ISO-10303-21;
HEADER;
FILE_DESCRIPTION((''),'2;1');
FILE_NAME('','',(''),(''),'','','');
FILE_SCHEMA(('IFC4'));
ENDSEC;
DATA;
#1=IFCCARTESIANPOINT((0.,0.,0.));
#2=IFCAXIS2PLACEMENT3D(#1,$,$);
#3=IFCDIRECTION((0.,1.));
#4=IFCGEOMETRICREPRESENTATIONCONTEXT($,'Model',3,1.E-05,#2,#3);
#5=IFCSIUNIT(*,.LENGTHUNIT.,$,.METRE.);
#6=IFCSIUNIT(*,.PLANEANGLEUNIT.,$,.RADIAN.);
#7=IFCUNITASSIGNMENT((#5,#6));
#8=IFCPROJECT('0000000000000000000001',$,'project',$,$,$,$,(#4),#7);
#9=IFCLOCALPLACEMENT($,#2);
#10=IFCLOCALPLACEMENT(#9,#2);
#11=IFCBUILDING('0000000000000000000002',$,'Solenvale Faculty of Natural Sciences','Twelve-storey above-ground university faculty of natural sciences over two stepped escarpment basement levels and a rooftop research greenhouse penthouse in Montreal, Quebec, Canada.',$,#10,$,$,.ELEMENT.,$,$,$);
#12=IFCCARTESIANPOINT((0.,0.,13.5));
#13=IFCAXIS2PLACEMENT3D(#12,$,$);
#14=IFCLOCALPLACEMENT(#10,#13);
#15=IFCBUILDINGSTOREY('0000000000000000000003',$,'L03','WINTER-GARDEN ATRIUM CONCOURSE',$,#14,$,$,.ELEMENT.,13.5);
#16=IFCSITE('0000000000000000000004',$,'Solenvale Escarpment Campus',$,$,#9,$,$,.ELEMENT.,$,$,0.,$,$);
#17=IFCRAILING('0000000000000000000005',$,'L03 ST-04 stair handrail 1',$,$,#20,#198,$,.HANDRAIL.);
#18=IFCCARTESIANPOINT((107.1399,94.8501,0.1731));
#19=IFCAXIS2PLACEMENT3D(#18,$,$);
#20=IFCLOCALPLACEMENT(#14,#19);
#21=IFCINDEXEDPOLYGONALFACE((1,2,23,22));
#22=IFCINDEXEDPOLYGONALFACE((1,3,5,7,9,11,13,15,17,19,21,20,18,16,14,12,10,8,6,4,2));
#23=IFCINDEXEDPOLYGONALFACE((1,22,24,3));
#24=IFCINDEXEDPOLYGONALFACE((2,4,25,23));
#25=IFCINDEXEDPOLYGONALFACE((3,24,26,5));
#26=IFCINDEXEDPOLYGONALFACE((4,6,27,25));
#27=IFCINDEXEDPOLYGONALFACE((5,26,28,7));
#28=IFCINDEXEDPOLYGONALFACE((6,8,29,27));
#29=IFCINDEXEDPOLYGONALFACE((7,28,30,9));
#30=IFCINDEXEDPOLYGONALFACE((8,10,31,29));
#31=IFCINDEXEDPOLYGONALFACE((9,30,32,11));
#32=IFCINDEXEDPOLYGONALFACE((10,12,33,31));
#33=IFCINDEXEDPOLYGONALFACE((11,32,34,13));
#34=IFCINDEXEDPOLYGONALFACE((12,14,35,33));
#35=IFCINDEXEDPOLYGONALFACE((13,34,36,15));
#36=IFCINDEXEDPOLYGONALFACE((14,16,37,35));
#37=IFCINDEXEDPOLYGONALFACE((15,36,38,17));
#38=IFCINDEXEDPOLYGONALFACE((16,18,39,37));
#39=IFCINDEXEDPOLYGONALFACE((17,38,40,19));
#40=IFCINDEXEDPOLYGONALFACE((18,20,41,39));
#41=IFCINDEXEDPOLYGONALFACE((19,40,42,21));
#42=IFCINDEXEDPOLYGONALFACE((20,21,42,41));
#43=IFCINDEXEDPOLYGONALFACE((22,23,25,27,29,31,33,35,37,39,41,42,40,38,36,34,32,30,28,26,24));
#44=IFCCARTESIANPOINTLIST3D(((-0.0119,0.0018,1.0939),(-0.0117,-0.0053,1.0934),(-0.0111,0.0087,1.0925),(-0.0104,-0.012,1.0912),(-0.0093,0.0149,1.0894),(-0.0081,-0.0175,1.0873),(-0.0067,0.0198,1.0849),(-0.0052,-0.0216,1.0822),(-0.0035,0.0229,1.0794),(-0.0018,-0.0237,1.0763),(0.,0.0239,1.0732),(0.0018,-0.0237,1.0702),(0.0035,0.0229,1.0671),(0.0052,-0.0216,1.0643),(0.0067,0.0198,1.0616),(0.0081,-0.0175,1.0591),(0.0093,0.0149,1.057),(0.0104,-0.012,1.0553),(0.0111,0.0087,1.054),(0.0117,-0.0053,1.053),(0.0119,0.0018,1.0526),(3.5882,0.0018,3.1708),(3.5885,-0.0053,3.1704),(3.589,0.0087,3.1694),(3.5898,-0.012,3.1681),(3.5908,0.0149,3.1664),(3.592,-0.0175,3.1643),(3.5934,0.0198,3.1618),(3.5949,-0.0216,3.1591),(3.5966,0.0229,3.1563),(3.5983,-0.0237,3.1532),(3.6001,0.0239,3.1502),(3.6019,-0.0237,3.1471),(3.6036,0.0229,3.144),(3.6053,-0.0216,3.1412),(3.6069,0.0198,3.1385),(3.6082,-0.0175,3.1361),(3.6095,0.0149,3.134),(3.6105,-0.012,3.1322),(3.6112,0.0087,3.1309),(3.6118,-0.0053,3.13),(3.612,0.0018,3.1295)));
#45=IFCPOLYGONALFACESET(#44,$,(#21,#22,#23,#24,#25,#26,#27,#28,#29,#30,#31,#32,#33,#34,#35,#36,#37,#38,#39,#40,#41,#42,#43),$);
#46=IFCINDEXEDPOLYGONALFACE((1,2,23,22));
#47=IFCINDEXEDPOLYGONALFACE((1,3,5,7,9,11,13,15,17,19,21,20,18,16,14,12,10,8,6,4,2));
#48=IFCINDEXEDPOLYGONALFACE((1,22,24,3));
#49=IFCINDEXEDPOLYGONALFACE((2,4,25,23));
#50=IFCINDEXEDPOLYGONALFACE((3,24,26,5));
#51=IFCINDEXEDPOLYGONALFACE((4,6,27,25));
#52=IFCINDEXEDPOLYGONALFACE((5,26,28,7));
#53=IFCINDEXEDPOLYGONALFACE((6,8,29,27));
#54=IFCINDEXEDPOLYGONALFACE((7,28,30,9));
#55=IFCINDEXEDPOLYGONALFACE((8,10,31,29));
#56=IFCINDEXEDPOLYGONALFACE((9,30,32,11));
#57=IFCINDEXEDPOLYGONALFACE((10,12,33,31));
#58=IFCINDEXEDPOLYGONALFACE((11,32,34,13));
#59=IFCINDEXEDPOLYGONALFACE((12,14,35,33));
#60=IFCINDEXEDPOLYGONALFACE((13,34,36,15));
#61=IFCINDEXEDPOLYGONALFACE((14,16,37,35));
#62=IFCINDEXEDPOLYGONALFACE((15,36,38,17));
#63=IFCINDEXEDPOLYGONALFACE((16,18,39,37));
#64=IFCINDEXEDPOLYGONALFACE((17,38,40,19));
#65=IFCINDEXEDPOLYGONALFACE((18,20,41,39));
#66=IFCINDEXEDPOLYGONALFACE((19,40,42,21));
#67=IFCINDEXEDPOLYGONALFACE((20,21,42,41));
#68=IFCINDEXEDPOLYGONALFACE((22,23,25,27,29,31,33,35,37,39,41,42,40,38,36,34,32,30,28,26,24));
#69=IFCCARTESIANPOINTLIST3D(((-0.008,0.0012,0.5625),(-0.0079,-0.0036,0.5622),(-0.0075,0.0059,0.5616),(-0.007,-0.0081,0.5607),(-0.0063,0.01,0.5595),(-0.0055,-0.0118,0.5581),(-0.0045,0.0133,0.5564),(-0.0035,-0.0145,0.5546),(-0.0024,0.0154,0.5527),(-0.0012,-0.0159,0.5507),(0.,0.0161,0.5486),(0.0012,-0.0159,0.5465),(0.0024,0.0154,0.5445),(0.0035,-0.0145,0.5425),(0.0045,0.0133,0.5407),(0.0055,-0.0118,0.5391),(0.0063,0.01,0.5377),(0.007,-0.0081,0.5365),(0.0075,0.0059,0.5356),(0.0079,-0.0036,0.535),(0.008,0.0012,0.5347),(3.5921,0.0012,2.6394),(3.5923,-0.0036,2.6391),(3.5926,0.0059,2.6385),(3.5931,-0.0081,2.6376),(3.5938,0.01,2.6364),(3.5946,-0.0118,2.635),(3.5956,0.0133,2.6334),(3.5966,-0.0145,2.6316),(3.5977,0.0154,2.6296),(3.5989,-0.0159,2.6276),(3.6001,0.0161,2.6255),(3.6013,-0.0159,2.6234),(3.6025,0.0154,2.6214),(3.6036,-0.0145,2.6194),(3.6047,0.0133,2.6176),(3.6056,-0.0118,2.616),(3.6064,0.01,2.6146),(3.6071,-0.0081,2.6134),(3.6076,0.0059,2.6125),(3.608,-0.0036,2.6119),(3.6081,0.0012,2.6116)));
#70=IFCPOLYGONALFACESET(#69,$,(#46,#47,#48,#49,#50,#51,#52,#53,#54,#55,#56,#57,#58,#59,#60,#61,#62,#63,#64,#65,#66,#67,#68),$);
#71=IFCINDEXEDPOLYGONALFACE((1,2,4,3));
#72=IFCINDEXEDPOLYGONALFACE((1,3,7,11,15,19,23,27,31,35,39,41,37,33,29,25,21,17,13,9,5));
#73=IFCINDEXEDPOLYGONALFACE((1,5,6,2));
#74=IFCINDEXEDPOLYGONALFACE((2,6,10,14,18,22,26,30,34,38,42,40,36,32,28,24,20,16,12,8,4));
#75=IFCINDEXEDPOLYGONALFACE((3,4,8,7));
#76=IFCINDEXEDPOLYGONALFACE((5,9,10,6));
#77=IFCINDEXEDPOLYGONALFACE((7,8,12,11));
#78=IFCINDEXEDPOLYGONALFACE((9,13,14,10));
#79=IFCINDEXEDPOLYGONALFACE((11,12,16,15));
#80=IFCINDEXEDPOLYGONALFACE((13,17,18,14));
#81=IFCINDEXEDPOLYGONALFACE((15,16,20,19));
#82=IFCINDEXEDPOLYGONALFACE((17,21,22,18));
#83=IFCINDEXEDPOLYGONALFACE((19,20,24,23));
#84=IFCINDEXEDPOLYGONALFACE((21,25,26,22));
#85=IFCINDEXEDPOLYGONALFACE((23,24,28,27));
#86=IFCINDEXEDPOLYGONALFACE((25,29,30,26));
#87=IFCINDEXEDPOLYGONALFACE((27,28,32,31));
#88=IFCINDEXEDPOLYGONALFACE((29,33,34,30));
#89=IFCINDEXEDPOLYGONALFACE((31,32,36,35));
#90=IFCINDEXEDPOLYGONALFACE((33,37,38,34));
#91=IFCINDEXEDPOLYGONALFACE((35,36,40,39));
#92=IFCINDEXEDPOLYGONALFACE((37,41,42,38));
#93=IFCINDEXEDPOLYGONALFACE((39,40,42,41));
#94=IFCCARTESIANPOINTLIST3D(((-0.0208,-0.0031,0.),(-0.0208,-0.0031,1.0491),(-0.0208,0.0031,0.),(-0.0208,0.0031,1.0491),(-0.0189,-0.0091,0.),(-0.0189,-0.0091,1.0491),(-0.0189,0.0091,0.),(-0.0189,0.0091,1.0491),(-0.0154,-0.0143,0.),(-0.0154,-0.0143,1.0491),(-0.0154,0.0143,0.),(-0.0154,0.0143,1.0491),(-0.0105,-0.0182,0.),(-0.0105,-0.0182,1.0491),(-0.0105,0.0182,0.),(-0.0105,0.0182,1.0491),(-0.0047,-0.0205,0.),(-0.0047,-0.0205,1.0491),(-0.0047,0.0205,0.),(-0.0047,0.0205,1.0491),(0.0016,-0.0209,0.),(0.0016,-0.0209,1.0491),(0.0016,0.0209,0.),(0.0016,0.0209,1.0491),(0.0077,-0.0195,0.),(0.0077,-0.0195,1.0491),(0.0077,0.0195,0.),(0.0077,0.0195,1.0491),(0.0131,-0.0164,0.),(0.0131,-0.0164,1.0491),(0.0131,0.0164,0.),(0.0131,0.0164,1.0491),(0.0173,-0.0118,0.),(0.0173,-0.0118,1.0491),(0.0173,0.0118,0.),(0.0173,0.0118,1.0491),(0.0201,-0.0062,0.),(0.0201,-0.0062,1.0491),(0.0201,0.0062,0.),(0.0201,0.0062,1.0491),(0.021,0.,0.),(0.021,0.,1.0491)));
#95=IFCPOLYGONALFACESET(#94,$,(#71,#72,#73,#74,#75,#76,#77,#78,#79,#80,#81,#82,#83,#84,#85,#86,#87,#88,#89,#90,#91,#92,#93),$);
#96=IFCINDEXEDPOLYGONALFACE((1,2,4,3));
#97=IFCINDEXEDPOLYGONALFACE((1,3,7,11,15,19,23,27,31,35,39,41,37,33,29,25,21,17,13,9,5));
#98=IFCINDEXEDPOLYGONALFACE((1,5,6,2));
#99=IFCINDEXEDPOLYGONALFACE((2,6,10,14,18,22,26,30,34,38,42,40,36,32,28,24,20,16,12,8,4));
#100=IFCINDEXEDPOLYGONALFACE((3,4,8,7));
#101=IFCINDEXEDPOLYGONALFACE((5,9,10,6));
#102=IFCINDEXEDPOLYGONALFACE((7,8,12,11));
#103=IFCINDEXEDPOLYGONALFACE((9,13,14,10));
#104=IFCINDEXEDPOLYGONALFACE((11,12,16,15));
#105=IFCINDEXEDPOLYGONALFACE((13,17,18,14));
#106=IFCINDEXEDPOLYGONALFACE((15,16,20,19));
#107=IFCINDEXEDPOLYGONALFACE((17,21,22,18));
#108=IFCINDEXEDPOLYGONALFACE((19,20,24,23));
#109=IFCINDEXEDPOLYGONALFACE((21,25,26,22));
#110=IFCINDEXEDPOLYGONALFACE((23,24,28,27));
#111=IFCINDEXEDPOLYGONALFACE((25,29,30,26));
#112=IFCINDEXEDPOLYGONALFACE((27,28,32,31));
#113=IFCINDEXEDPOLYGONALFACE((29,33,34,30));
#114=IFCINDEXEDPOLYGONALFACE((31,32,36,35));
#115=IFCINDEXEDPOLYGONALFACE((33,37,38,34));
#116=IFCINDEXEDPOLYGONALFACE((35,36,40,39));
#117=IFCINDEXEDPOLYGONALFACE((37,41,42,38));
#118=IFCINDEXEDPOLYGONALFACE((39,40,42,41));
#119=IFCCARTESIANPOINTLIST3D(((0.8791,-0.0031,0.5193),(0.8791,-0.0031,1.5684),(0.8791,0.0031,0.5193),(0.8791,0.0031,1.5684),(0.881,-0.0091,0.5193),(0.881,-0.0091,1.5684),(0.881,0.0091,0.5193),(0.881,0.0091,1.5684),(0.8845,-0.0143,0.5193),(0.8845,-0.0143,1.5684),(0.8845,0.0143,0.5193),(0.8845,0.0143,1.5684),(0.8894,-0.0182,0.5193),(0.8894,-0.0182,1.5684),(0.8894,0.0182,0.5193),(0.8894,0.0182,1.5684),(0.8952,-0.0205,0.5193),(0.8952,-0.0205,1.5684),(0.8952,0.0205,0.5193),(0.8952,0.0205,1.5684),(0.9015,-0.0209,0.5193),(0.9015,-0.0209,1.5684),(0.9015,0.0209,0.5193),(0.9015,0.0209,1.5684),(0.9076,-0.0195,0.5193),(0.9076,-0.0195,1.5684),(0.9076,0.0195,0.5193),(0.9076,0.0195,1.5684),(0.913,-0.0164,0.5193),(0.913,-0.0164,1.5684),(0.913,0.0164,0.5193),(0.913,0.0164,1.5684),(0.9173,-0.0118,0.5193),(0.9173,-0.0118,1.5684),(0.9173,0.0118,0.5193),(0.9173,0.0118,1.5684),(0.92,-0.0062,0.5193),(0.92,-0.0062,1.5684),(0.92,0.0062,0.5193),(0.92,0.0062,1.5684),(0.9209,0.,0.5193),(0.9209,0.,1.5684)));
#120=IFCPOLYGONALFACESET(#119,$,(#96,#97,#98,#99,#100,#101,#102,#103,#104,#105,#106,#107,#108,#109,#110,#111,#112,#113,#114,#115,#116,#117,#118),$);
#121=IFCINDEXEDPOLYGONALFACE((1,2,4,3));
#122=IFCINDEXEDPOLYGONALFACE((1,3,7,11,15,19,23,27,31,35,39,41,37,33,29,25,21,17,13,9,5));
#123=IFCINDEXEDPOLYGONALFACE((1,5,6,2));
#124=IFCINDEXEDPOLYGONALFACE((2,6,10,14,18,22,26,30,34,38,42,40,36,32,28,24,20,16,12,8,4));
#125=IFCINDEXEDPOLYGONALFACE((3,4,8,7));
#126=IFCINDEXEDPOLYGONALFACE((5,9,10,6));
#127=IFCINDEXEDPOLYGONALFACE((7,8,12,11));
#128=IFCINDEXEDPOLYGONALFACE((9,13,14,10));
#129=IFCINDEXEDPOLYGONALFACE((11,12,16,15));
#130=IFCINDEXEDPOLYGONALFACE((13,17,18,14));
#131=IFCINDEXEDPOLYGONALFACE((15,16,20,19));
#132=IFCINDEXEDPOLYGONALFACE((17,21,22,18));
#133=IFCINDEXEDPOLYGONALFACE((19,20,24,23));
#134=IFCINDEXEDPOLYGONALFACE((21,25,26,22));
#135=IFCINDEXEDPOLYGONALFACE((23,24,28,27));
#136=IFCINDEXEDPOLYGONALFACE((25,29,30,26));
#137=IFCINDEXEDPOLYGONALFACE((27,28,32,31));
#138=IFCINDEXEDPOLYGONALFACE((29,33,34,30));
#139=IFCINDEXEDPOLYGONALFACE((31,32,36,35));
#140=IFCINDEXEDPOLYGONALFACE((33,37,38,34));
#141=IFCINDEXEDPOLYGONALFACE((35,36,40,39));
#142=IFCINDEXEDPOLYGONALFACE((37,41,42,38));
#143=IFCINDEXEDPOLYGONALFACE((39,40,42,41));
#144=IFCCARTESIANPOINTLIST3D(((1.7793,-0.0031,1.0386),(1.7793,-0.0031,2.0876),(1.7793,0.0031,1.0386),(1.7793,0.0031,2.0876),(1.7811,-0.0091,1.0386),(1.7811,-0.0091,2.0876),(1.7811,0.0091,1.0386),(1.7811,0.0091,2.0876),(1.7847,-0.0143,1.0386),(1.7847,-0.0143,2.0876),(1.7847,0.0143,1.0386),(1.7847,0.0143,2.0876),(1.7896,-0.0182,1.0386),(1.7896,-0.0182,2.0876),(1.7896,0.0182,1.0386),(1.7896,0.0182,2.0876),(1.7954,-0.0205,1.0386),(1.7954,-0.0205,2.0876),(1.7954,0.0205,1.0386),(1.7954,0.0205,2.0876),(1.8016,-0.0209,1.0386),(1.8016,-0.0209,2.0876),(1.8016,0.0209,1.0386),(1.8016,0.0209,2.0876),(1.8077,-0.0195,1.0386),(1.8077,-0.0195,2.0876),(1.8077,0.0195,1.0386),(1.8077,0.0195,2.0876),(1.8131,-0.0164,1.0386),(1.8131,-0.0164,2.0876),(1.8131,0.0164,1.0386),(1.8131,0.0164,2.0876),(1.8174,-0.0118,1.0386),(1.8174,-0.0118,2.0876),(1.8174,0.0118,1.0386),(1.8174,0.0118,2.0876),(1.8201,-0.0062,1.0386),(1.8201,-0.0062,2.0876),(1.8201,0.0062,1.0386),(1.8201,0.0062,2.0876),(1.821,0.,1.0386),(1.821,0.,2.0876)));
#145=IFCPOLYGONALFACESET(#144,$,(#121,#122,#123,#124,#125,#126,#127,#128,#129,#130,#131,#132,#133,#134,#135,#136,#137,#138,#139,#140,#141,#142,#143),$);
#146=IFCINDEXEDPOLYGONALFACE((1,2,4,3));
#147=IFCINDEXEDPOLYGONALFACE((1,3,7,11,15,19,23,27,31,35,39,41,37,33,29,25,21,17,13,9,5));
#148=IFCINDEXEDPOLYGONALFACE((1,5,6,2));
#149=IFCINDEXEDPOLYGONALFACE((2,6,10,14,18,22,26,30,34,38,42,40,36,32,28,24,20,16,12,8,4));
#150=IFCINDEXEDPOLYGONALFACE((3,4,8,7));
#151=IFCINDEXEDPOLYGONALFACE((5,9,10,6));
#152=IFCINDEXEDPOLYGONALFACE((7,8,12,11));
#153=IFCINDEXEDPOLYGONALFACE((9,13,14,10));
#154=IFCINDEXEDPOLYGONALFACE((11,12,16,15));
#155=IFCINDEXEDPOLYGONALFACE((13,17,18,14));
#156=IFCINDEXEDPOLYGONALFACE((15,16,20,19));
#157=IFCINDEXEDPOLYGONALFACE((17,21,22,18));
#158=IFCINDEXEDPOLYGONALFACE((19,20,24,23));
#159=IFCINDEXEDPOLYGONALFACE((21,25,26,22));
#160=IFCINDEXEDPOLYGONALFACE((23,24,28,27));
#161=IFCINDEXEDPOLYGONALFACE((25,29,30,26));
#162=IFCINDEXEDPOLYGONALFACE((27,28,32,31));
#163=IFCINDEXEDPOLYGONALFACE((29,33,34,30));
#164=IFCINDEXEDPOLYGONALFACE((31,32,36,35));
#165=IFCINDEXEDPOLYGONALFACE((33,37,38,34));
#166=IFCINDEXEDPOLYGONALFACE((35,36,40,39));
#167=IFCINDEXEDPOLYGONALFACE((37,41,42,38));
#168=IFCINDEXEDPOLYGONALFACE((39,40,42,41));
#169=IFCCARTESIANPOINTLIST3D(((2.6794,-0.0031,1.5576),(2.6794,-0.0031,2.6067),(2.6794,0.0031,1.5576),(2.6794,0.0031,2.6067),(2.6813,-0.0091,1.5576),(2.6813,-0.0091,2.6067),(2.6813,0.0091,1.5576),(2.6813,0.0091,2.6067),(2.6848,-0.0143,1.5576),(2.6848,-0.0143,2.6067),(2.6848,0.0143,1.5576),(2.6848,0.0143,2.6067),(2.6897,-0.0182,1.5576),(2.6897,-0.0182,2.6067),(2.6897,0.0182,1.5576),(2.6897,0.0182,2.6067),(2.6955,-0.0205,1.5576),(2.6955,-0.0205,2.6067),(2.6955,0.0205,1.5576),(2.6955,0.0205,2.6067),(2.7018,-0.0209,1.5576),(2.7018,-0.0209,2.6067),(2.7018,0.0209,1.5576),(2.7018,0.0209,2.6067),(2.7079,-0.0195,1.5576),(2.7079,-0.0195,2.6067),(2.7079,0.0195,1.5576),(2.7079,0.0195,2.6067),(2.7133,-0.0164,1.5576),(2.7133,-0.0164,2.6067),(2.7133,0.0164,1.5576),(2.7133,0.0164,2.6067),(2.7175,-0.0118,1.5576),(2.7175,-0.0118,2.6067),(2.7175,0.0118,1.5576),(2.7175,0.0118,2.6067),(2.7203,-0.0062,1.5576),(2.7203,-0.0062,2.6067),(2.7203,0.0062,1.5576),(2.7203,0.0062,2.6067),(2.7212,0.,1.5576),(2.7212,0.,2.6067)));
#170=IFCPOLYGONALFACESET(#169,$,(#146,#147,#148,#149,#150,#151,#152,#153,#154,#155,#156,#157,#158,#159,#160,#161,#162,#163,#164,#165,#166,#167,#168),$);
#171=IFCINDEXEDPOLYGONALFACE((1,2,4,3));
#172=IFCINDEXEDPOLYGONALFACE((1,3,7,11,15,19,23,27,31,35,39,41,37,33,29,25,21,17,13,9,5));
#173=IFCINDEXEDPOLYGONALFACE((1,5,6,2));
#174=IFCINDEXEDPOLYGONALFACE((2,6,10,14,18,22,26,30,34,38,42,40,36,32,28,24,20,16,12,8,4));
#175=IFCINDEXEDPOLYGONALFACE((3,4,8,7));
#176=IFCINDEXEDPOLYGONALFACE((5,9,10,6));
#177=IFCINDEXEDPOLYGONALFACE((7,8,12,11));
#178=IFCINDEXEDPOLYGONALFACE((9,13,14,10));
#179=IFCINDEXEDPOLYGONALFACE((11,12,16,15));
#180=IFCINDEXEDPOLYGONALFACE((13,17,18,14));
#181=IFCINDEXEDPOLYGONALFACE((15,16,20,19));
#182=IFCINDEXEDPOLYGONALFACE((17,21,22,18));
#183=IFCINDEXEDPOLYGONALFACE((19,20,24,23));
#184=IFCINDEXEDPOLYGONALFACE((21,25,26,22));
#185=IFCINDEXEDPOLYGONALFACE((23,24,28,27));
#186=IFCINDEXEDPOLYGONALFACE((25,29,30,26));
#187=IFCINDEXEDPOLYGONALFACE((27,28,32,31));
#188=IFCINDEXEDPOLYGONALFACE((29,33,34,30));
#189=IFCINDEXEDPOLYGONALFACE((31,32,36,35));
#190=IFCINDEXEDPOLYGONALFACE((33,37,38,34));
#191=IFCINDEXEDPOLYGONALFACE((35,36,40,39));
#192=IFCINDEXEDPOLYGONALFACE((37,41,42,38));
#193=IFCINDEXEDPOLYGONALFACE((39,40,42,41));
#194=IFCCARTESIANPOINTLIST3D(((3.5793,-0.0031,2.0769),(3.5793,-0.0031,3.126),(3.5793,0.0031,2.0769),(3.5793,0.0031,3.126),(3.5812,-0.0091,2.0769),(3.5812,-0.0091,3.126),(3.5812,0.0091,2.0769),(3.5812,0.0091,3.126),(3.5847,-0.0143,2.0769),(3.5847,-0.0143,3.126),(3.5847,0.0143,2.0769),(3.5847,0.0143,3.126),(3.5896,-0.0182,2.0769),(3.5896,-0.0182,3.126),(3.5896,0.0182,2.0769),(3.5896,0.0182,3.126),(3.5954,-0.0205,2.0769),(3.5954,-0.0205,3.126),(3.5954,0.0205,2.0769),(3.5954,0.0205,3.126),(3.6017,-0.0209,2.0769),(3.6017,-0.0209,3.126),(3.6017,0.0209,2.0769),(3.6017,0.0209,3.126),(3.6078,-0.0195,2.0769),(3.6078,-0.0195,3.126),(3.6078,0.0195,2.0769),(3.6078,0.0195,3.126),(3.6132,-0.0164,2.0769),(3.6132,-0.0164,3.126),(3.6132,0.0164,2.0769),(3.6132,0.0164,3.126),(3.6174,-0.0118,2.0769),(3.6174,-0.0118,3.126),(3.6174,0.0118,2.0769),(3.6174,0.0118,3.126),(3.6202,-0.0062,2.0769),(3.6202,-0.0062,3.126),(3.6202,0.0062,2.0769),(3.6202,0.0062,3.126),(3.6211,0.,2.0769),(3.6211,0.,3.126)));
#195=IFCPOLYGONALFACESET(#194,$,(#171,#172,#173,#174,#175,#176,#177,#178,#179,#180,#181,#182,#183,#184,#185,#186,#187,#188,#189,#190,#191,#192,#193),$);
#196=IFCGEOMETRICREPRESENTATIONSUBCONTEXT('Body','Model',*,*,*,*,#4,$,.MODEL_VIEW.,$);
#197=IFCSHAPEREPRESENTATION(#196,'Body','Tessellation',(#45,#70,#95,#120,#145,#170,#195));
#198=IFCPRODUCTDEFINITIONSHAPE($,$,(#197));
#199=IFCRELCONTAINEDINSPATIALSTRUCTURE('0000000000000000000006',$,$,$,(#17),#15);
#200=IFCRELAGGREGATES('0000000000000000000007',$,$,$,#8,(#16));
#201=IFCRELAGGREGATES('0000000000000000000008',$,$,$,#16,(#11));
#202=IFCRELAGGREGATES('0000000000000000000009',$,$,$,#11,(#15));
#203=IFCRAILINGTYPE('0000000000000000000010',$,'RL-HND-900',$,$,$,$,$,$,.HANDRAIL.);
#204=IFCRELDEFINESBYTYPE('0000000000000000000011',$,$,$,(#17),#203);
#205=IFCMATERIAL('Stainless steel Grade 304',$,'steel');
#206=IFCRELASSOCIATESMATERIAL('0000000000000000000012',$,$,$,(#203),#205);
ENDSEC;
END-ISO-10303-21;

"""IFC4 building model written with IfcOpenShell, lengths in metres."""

from ifc_helpers import new_model, si_unit, direction, frame, origin, origin_2d, place, context, subcontext, project, spatial, circle, extrude, material, type_object, element, save


model = new_model("IFC4")

# Units and contexts
model_context = context("Model", 3, precision=1e-05, world=origin(), true_north=direction((0.0, 1.0)))
body_context = subcontext(model_context, "Body", "Model", "MODEL_VIEW")
ifc_project = project(units=[si_unit("LENGTHUNIT", "METRE"), si_unit("PLANEANGLEUNIT", "RADIAN")], contexts=[model_context])

# Site, building, storey
site_placement = place(None, origin())
site = spatial("IfcSite", under=ifc_project, at=site_placement, Name="Solenvale Escarpment Campus", CompositionType="ELEMENT", RefElevation=0.0)
building_placement = place(site_placement, origin())
building = spatial("IfcBuilding", under=site, at=building_placement, Name="Solenvale Faculty of Natural Sciences", Description="Twelve-storey above-ground university faculty of natural sciences over two stepped escarpment basement levels and a rooftop research greenhouse penthouse in Montreal, Quebec, Canada.", CompositionType="ELEMENT")
storey_placement = place(building_placement, frame((0.0, 0.0, 13.5)))
storey = spatial("IfcBuildingStorey", under=building, at=storey_placement, Name="L03", Description="WINTER-GARDEN ATRIUM CONCOURSE", CompositionType="ELEMENT", Elevation=13.5)

# Shared definitions
ifc_material_1 = material(Name="Stainless steel Grade 304", Category="steel")

# Railing
railing_type_1 = type_object("IfcRailingType", Name="RL-HND-900", PredefinedType="HANDRAIL", material=ifc_material_1)
railing_1_placement = place(storey_placement, frame((107.1399, 94.8501, 0.1731)))
element("IfcRailing", 1, at=railing_1_placement, inside=storey, type_object=railing_type_1, Name="L03 ST-04 stair handrail 1", PredefinedType="HANDRAIL", context=body_context, shape_type="SweptSolid", body=[
    extrude(circle(Radius=0.0239, at=origin_2d()), frame((0.0, 0.0, 1.0732), z_axis=(0.866193, 0.0, 0.499709), x_axis=(0.0, 1.0, 0.0)), (0.0, 0.0, 1.0), 4.1562),
    extrude(circle(Radius=0.0161, at=origin_2d()), frame((0.0, 0.0, 0.5486), z_axis=(0.866193, 0.0, 0.499709), x_axis=(0.0, 1.0, 0.0)), (0.0, 0.0, 1.0), 4.1562),
    extrude(circle(Radius=0.021, at=origin_2d()), origin(), (0.0, 0.0, 1.0), 1.0491),
    extrude(circle(Radius=0.021, at=origin_2d()), frame((0.8999, 0.0, 0.5193)), (0.0, 0.0, 1.0), 1.0491),
    extrude(circle(Radius=0.021, at=origin_2d()), frame((1.8, 0.0, 1.0386)), (0.0, 0.0, 1.0), 1.0491),
    extrude(circle(Radius=0.021, at=origin_2d()), frame((2.7002, 0.0, 1.5576)), (0.0, 0.0, 1.0), 1.0491),
    extrude(circle(Radius=0.021, at=origin_2d()), frame((3.6001, 0.0, 2.0769)), (0.0, 0.0, 1.0), 1.0491),
])

save(model, "model.ifc")
